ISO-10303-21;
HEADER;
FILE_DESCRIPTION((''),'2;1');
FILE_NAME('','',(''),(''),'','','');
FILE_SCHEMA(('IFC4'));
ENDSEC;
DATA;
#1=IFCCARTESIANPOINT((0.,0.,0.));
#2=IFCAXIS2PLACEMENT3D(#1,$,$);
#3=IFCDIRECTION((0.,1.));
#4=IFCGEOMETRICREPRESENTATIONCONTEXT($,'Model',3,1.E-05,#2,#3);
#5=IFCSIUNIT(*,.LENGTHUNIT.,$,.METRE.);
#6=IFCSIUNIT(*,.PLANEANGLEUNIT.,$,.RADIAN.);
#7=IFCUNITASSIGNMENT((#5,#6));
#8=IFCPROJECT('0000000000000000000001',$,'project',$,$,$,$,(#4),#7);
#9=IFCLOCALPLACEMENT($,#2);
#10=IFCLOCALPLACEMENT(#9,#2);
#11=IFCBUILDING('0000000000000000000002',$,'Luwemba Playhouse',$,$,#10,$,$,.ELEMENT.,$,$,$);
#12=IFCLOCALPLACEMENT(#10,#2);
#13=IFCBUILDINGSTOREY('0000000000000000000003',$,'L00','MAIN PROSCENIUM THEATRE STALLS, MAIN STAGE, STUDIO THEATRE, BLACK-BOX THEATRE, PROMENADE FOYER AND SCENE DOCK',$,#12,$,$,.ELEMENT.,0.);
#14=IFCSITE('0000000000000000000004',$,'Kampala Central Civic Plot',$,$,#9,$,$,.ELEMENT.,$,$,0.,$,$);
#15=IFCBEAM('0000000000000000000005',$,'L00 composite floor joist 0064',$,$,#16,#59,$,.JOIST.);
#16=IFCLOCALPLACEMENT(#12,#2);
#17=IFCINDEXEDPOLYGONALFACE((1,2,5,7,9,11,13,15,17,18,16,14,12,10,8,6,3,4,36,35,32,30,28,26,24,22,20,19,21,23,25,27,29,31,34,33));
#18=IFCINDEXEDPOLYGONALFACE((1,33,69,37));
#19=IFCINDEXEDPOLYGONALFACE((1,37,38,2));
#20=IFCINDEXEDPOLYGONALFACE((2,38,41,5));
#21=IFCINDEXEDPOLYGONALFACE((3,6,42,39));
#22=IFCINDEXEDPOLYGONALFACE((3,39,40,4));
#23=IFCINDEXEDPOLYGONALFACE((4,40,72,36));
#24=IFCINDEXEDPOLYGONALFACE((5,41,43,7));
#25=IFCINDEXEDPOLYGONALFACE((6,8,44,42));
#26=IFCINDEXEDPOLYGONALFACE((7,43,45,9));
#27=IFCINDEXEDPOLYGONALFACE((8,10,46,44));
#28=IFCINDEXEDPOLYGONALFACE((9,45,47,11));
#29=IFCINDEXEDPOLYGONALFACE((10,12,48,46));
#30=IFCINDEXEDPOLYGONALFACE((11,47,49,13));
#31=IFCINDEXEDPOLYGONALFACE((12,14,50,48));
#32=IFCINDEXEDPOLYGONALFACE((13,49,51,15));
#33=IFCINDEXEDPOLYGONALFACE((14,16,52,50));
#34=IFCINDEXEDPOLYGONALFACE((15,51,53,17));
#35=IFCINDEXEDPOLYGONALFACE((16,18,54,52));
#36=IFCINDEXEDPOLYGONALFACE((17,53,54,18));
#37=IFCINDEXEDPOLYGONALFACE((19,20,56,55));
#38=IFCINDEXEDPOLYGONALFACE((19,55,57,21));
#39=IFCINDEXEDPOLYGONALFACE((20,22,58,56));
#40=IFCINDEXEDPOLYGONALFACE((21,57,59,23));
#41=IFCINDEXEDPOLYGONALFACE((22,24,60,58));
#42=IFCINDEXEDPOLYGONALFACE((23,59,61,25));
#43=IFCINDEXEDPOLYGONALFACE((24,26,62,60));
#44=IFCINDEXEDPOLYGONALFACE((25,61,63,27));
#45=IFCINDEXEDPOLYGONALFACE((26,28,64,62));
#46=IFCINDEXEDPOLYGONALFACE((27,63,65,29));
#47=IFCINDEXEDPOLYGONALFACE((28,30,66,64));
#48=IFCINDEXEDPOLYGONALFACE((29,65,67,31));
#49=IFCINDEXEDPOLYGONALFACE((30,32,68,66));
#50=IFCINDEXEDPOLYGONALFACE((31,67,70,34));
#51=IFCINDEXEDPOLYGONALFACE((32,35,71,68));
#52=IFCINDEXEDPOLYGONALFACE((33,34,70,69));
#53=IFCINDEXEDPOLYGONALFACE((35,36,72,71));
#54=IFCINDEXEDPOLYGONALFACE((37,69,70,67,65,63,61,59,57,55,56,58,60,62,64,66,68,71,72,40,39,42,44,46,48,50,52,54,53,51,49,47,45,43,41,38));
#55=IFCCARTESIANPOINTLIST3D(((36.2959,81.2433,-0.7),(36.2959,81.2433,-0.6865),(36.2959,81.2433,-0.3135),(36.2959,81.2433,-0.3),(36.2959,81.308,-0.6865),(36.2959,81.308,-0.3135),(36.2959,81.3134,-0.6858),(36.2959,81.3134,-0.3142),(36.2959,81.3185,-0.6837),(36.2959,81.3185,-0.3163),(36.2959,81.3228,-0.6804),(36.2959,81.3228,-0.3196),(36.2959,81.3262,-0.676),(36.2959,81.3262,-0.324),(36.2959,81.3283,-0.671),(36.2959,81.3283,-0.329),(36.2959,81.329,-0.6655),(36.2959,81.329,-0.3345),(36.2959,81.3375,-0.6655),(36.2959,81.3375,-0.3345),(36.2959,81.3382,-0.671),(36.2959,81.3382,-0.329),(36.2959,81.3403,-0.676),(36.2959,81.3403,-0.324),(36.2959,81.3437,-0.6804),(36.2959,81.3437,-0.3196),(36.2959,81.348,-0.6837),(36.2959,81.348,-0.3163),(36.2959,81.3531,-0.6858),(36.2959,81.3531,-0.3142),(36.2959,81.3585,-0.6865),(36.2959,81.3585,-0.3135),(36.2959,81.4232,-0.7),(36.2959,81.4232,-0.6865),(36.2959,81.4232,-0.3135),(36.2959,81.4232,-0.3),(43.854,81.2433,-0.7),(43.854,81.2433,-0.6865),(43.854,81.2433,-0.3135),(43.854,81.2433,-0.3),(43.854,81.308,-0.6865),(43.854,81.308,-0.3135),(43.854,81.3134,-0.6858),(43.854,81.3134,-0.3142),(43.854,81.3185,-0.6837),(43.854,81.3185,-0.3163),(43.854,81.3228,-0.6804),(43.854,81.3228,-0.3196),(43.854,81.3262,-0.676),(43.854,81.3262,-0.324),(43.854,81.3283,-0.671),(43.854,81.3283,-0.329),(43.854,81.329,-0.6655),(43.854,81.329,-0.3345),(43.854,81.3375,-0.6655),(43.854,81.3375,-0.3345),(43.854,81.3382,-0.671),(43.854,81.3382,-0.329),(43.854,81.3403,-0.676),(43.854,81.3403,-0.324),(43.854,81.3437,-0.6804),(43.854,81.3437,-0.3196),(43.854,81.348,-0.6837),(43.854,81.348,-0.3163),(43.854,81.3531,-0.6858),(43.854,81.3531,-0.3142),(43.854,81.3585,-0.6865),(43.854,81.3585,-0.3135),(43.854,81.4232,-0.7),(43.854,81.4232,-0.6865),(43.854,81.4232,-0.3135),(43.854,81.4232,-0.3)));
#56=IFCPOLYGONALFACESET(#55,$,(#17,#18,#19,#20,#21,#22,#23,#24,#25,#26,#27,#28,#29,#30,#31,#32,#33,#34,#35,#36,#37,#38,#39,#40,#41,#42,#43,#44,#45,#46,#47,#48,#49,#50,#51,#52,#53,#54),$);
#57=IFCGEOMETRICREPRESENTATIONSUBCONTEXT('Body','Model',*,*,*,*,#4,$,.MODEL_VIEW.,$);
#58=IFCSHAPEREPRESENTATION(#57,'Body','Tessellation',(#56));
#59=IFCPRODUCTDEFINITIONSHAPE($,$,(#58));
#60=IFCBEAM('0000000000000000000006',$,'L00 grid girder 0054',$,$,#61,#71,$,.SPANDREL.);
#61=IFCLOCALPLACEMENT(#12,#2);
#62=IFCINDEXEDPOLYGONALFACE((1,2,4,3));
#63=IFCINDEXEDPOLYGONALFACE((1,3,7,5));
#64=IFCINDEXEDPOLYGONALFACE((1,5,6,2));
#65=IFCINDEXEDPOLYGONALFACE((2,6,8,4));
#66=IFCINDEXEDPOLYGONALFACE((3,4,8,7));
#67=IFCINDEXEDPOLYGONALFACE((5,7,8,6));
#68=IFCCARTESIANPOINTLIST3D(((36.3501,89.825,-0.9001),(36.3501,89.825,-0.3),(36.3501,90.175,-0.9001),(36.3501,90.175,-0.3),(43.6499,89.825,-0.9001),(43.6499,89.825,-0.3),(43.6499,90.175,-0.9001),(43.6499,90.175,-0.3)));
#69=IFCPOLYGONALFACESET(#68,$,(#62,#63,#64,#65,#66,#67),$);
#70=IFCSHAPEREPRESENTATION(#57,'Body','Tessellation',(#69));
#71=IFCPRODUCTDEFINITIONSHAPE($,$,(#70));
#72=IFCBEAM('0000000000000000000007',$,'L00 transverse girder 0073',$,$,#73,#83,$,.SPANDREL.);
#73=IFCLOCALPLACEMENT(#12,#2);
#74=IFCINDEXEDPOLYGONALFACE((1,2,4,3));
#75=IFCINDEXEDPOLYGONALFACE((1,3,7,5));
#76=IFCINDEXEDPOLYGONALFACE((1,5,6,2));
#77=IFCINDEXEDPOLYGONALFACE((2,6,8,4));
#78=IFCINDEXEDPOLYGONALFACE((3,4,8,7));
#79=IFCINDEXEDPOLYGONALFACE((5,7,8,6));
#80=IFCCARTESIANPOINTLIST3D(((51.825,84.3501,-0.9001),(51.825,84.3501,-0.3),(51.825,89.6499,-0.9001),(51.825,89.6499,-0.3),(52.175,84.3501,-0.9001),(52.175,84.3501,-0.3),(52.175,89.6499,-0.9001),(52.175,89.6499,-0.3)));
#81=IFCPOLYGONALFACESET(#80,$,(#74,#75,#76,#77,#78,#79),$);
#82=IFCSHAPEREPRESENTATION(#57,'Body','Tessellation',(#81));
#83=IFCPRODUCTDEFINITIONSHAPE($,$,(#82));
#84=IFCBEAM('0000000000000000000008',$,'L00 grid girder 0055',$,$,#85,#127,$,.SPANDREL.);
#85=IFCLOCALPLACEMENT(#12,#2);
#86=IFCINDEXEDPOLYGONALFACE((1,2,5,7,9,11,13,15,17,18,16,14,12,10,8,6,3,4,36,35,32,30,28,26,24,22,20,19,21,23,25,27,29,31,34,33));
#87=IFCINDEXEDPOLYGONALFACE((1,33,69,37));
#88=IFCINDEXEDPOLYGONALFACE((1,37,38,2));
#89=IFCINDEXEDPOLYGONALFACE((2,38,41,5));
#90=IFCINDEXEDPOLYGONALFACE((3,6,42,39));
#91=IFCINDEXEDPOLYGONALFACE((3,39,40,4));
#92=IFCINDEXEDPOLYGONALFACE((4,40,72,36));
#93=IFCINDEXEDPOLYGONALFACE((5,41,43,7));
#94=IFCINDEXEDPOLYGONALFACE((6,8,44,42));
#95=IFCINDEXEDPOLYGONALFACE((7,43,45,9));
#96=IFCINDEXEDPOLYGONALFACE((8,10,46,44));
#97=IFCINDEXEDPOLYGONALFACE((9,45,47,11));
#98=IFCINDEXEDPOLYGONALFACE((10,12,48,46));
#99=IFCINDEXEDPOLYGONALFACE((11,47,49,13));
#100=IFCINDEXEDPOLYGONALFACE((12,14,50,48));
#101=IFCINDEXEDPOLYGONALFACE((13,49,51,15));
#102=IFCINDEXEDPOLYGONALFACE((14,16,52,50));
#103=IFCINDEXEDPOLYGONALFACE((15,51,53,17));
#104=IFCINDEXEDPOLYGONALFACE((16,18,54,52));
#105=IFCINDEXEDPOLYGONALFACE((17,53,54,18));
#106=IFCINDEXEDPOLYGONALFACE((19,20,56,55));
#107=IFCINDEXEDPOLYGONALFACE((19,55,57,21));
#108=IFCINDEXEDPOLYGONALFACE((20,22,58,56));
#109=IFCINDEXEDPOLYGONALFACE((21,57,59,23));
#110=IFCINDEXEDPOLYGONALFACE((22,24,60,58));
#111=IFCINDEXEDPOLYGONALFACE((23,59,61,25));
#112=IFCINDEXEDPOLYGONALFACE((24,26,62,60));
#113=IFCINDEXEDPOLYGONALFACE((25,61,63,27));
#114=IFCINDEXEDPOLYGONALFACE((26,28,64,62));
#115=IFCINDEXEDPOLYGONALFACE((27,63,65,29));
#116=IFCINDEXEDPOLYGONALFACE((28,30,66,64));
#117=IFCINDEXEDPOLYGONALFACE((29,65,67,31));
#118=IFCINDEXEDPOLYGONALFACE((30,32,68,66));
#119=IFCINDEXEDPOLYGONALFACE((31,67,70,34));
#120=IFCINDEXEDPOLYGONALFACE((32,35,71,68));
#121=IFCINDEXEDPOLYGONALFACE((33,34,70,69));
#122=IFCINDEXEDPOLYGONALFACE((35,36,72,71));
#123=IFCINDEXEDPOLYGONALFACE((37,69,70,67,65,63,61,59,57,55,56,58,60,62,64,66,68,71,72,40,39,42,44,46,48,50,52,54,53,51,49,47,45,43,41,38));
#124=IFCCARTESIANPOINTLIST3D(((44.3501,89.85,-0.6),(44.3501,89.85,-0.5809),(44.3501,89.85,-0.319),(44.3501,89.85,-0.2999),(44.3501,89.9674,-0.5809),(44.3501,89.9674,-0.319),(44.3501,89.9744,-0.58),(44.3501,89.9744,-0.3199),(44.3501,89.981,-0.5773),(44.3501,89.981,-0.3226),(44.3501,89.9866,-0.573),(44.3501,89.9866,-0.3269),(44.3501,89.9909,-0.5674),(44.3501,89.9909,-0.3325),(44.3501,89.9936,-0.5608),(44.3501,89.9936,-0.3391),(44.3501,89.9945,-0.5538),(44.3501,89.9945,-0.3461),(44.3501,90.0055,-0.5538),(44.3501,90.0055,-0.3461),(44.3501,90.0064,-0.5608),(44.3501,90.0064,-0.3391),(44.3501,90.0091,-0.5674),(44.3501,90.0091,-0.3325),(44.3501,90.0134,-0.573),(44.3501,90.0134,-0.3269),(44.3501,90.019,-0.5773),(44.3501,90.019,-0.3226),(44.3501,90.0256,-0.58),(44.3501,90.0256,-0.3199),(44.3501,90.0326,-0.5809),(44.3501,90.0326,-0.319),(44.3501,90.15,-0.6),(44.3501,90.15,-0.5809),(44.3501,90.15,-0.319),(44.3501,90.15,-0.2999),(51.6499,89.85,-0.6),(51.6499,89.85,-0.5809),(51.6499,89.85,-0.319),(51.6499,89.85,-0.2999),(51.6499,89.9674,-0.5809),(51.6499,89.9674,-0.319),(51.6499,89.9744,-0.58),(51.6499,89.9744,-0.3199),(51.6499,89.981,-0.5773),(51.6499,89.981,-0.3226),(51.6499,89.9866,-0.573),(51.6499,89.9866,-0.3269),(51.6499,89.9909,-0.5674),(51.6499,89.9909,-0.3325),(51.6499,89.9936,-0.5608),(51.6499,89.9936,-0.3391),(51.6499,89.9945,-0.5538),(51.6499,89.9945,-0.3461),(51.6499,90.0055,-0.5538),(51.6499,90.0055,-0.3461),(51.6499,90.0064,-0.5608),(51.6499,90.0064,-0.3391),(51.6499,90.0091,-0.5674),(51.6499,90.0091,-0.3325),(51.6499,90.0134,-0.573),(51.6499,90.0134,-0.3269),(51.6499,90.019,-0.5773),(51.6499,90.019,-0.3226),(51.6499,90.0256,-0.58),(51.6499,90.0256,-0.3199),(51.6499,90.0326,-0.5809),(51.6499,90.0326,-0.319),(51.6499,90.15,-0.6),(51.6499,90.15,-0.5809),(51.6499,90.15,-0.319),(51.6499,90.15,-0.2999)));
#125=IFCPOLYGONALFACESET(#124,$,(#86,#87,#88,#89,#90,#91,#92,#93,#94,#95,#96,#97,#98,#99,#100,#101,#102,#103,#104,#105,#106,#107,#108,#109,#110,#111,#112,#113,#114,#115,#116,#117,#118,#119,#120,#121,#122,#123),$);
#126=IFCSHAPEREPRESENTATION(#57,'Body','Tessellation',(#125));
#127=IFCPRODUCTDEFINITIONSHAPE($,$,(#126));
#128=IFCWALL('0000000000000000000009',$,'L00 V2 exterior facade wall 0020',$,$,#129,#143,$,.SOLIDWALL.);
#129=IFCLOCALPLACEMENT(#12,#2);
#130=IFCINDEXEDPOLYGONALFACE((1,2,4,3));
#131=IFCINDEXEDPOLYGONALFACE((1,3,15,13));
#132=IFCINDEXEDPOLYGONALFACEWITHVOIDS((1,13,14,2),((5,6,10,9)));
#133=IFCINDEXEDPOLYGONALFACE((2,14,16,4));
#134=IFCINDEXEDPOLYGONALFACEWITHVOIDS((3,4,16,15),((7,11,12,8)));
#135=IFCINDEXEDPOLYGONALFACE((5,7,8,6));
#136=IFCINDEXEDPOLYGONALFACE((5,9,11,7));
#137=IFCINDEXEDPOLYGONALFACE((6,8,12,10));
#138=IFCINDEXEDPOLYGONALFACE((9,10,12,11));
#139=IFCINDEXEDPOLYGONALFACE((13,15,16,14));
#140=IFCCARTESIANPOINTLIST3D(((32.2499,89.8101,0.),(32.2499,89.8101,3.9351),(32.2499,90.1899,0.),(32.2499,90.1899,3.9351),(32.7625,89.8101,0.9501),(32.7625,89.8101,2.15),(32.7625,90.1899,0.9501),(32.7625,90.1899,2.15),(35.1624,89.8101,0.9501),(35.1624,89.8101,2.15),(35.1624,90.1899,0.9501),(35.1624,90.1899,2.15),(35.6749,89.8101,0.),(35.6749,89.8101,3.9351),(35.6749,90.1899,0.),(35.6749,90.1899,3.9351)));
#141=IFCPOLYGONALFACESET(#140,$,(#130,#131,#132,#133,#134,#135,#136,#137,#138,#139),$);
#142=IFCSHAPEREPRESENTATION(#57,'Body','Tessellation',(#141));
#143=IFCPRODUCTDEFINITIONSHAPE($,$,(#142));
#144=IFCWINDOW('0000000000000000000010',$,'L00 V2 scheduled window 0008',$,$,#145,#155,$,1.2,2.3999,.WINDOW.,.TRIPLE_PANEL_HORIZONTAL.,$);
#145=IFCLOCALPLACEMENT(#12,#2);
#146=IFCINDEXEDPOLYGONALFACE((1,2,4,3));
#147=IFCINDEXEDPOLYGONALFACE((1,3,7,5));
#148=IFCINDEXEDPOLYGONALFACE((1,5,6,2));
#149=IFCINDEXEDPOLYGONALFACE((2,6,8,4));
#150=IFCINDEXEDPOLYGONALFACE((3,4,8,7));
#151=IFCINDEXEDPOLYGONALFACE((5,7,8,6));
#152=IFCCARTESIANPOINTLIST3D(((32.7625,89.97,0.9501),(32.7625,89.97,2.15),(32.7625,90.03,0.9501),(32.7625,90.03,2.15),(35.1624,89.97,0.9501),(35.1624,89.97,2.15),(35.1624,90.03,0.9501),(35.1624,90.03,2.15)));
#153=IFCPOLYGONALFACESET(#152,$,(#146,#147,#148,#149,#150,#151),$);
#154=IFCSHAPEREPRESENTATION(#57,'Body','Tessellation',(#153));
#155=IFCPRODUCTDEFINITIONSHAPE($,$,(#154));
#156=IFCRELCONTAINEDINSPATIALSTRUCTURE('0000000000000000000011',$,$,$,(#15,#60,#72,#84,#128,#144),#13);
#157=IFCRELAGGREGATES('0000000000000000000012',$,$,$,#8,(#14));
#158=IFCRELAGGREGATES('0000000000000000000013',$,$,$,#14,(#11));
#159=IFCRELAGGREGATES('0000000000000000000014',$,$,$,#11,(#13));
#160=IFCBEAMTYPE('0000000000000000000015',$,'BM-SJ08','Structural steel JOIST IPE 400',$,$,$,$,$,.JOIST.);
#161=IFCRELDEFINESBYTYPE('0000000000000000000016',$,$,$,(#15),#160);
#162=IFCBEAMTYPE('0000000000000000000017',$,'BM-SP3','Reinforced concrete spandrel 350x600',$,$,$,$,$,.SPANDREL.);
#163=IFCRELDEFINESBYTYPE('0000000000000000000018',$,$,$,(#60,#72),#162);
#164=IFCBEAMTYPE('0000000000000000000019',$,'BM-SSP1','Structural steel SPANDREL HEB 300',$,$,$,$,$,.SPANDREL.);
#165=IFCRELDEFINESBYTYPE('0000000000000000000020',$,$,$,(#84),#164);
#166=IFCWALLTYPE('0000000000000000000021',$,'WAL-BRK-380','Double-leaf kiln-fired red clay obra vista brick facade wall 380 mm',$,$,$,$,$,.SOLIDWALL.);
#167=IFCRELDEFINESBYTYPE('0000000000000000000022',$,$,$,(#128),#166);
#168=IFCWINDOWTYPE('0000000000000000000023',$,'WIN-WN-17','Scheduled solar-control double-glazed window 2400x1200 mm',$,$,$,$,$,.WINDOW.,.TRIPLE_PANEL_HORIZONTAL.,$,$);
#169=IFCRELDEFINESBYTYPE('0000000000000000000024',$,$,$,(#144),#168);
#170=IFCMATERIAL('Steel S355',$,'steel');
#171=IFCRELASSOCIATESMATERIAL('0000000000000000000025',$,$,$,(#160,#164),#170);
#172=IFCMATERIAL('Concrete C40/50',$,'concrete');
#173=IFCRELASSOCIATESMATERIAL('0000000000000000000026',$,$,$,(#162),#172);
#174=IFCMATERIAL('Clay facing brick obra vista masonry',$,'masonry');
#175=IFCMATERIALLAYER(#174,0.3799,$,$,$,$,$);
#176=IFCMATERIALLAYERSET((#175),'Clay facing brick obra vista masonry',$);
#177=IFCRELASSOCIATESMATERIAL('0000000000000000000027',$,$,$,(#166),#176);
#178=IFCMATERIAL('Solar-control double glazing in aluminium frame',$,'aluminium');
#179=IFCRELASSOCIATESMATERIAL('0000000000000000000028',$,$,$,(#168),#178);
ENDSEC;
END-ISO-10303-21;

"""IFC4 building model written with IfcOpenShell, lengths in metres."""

from ifc_helpers import new_model, si_unit, direction, frame, frame_2d, origin, origin_2d, place, context, subcontext, project, spatial, rectangle, i_section, extrude, material, layer, layer_set, material_profile, profile_set, type_object, element, fill, save


model = new_model("IFC4")

# Units and contexts
model_context = context("Model", 3, precision=1e-05, world=origin(), true_north=direction((0.0, 1.0)))
body_context = subcontext(model_context, "Body", "Model", "MODEL_VIEW")
ifc_project = project(units=[si_unit("LENGTHUNIT", "METRE"), si_unit("PLANEANGLEUNIT", "RADIAN")], contexts=[model_context])

# Site, building, storey
site_placement = place(None, origin())
site = spatial("IfcSite", under=ifc_project, at=site_placement, Name="Kampala Central Civic Plot", CompositionType="ELEMENT", RefElevation=0.0)
building_placement = place(site_placement, origin())
building = spatial("IfcBuilding", under=site, at=building_placement, Name="Luwemba Playhouse", CompositionType="ELEMENT")
storey_placement = place(building_placement, origin())
storey = spatial("IfcBuildingStorey", under=building, at=storey_placement, Name="L00", Description="MAIN PROSCENIUM THEATRE STALLS, MAIN STAGE, STUDIO THEATRE, BLACK-BOX THEATRE, PROMENADE FOYER AND SCENE DOCK", CompositionType="ELEMENT", Elevation=0.0)

# Shared definitions
ifc_material_1 = material(Name="Concrete C40/50", Category="concrete")

# Beams
ifc_material_2 = material(Name="Steel S355", Category="steel")
ifc_material_profile_1 = material_profile(ifc_material_2, i_section(OverallWidth=0.1799, OverallDepth=0.3999, WebThickness=0.0085, FlangeThickness=0.0134, FilletRadius=0.021, at=origin_2d()))
ifc_profile_set_1 = profile_set([ifc_material_profile_1], Name="Steel S355")
beam_type_1 = type_object("IfcBeamType", Name="BM-SJ08", Description="Structural steel JOIST IPE 400", PredefinedType="JOIST", material=ifc_profile_set_1)
beam_1_placement = place(storey_placement, frame((36.2959, 81.3333, -0.5), z_axis=(1.0, 0.0, 0.0), x_axis=(0.0, 1.0, 0.0)))
element("IfcBeam", 1, at=beam_1_placement, inside=storey, type_object=beam_type_1, Name="L00 composite floor joist 0064", PredefinedType="JOIST", context=body_context, shape_type="SweptSolid", body=[
    extrude(i_section(OverallWidth=0.1799, OverallDepth=0.3999, WebThickness=0.0085, FlangeThickness=0.0134, FilletRadius=0.021, at=origin_2d()), origin(), (0.0, 0.0, 1.0), 7.5581),
])
ifc_material_profile_2 = material_profile(ifc_material_1, rectangle(XDim=0.3501, YDim=0.6001, at=origin_2d()))
ifc_profile_set_2 = profile_set([ifc_material_profile_2], Name="Concrete C40/50")
beam_type_2 = type_object("IfcBeamType", Name="BM-SP3", Description="Reinforced concrete spandrel 350x600", PredefinedType="SPANDREL", material=ifc_profile_set_2)
beam_2_placement = place(storey_placement, frame((36.3501, 90.0, -0.6001), z_axis=(1.0, 0.0, 0.0), x_axis=(0.0, 1.0, 0.0)))
element("IfcBeam", 2, at=beam_2_placement, inside=storey, type_object=beam_type_2, Name="L00 grid girder 0054", PredefinedType="SPANDREL", context=body_context, shape_type="SweptSolid", body=[
    extrude(rectangle(XDim=0.3501, YDim=0.6001, at=origin_2d()), origin(), (0.0, 0.0, 1.0), 7.2998),
])
beam_3_placement = place(storey_placement, frame((52.0, 84.3501, -0.6001), z_axis=(0.0, 1.0, 0.0), x_axis=(-1.0, 0.0, 0.0)))
element("IfcBeam", 3, at=beam_3_placement, inside=storey, type_object=beam_type_2, Name="L00 transverse girder 0073", PredefinedType="SPANDREL", context=body_context, shape_type="SweptSolid", body=[
    extrude(rectangle(XDim=0.3501, YDim=0.6001, at=origin_2d()), origin(), (0.0, 0.0, 1.0), 5.2998),
])
ifc_material_profile_3 = material_profile(ifc_material_2, i_section(OverallWidth=0.3, OverallDepth=0.3, WebThickness=0.011, FlangeThickness=0.019, FilletRadius=0.0271, at=origin_2d()))
ifc_profile_set_3 = profile_set([ifc_material_profile_3], Name="Steel S355")
beam_type_3 = type_object("IfcBeamType", Name="BM-SSP1", Description="Structural steel SPANDREL HEB 300", PredefinedType="SPANDREL", material=ifc_profile_set_3)
beam_4_placement = place(storey_placement, frame((44.3501, 90.0, -0.45), z_axis=(1.0, 0.0, 0.0), x_axis=(0.0, 1.0, 0.0)))
element("IfcBeam", 4, at=beam_4_placement, inside=storey, type_object=beam_type_3, Name="L00 grid girder 0055", PredefinedType="SPANDREL", context=body_context, shape_type="SweptSolid", body=[
    extrude(i_section(OverallWidth=0.3, OverallDepth=0.3, WebThickness=0.011, FlangeThickness=0.019, FilletRadius=0.0271, at=origin_2d()), origin(), (0.0, 0.0, 1.0), 7.2998),
])

# Wall, opening, window
ifc_material_3 = material(Name="Clay facing brick obra vista masonry", Category="masonry")
ifc_layer_1 = layer(ifc_material_3, 0.3799)
ifc_layer_set_1 = layer_set([ifc_layer_1], Name="Clay facing brick obra vista masonry")
wall_type_1 = type_object("IfcWallType", Name="WAL-BRK-380", Description="Double-leaf kiln-fired red clay obra vista brick facade wall 380 mm", PredefinedType="SOLIDWALL", material=ifc_layer_set_1)
wall_1_placement = place(storey_placement, frame((32.25, 90.0, 0.0), z_axis=(0.0, 0.0, 1.0), x_axis=(1.0, 0.0, 0.0)))
wall_1 = element("IfcWall", 5, at=wall_1_placement, inside=storey, type_object=wall_type_1, Name="L00 V2 exterior facade wall 0020", PredefinedType="SOLIDWALL", context=body_context, shape_type="SweptSolid", body=[
    extrude(rectangle(XDim=3.425, YDim=0.3799, at=frame_2d((1.7124, 0.0))), origin(), (0.0, 0.0, 1.0), 3.9351),
])
opening_1_placement = place(wall_1_placement, frame((0.5125, 0.0, 0.95)))
opening_1 = element("IfcOpeningElement", 6, at=opening_1_placement, cuts=wall_1, PredefinedType="OPENING", context=body_context, shape_type="SweptSolid", body=[
    extrude(rectangle(XDim=2.3999, YDim=1.2, at=frame_2d((1.2, 0.6001))), frame((0.0, 0.2, 0.0), z_axis=(0.0, -1.0, 0.0), x_axis=(1.0, 0.0, 0.0)), (0.0, 0.0, 1.0), 0.3999),
])
ifc_material_4 = material(Name="Solar-control double glazing in aluminium frame", Category="aluminium")
window_type_1 = type_object("IfcWindowType", Name="WIN-WN-17", Description="Scheduled solar-control double-glazed window 2400x1200 mm", PartitioningType="TRIPLE_PANEL_HORIZONTAL", PredefinedType="WINDOW", material=ifc_material_4)
window_1_placement = place(opening_1_placement, origin())
window_1 = element("IfcWindow", 7, at=window_1_placement, inside=storey, type_object=window_type_1, Name="L00 V2 scheduled window 0008", OverallHeight=1.2, OverallWidth=2.3999, PartitioningType="TRIPLE_PANEL_HORIZONTAL", PredefinedType="WINDOW", context=body_context, shape_type="SweptSolid", body=[
    extrude(rectangle(XDim=2.3999, YDim=1.2, at=frame_2d((1.2, 0.6001))), frame((0.0, 0.03, 0.0), z_axis=(0.0, -1.0, 0.0), x_axis=(1.0, 0.0, 0.0)), (0.0, 0.0, 1.0), 0.0601),
])
fill(opening_1, window_1)

save(model, "model.ifc")
